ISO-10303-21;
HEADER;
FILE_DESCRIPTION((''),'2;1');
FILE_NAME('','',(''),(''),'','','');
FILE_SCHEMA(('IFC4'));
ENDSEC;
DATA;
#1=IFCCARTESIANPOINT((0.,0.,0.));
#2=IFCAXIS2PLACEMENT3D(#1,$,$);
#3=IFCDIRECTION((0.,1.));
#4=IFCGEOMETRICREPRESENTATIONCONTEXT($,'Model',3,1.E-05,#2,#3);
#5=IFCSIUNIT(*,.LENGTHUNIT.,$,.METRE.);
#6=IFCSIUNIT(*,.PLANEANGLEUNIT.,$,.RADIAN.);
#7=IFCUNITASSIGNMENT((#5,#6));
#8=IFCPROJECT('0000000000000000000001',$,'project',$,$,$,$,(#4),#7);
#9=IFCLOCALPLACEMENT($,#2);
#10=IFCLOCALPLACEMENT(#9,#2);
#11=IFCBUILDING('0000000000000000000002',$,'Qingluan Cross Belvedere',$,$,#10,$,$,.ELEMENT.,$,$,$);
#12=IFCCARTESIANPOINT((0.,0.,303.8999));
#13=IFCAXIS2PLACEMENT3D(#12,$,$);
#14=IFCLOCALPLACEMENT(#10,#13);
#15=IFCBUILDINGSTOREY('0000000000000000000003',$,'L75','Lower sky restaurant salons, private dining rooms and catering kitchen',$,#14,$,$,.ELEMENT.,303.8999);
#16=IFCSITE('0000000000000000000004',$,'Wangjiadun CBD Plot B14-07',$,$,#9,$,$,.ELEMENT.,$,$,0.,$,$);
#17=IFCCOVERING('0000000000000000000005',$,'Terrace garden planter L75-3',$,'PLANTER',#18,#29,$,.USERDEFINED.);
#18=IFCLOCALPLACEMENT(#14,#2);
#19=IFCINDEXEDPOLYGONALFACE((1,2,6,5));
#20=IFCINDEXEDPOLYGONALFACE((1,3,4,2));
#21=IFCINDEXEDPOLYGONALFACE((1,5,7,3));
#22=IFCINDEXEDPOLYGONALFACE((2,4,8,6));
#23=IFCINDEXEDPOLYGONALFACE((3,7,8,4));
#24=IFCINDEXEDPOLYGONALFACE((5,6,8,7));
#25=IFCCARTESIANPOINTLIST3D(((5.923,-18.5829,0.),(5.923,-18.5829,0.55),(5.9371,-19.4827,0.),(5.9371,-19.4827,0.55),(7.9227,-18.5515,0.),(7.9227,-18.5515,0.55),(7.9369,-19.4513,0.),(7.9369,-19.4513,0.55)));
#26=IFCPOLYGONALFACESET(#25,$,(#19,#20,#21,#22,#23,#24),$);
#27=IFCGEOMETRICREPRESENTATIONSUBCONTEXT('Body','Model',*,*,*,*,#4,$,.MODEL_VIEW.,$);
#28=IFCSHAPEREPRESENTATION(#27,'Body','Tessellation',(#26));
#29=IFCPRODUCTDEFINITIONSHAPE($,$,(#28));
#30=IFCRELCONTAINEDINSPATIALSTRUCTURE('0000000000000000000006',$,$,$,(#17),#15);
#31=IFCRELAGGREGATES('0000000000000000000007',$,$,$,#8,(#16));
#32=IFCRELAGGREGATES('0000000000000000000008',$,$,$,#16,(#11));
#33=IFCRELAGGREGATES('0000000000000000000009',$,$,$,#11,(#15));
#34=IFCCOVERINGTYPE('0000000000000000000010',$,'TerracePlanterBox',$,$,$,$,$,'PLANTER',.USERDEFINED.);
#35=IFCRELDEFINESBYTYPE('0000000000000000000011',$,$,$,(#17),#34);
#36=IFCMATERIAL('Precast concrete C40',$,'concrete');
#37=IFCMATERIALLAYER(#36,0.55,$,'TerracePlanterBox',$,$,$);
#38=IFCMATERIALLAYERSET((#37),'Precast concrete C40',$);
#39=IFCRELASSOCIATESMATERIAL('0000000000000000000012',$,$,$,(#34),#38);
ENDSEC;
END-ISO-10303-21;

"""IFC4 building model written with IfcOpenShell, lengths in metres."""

from ifc_helpers import new_model, si_unit, direction, frame, origin, origin_2d, place, context, subcontext, project, spatial, rectangle, extrude, material, layer, layer_set, type_object, element, save


model = new_model("IFC4")

# Units and contexts
model_context = context("Model", 3, precision=1e-05, world=origin(), true_north=direction((0.0, 1.0)))
body_context = subcontext(model_context, "Body", "Model", "MODEL_VIEW")
ifc_project = project(units=[si_unit("LENGTHUNIT", "METRE"), si_unit("PLANEANGLEUNIT", "RADIAN")], contexts=[model_context])

# Site, building, storey
site_placement = place(None, origin())
site = spatial("IfcSite", under=ifc_project, at=site_placement, Name="Wangjiadun CBD Plot B14-07", CompositionType="ELEMENT", RefElevation=0.0)
building_placement = place(site_placement, origin())
building = spatial("IfcBuilding", under=site, at=building_placement, Name="Qingluan Cross Belvedere", CompositionType="ELEMENT")
storey_placement = place(building_placement, frame((0.0, 0.0, 303.8999)))
storey = spatial("IfcBuildingStorey", under=building, at=storey_placement, Name="L75", Description="Lower sky restaurant salons, private dining rooms and catering kitchen", CompositionType="ELEMENT", Elevation=303.8999)

# Covering
ifc_material_1 = material(Name="Precast concrete C40", Category="concrete")
ifc_layer_1 = layer(ifc_material_1, 0.55, Name="TerracePlanterBox")
ifc_layer_set_1 = layer_set([ifc_layer_1], Name="Precast concrete C40")
covering_type = type_object("IfcCoveringType", Name="TerracePlanterBox", ElementType="PLANTER", PredefinedType="USERDEFINED", material=ifc_layer_set_1)
covering_placement = place(storey_placement, frame((6.9299, -19.0171, 0.0), z_axis=(0.0, 0.0, 1.0), x_axis=(0.999877, 0.015707, 0.0)))
element("IfcCovering", 1, at=covering_placement, inside=storey, type_object=covering_type, Name="Terrace garden planter L75-3", ObjectType="PLANTER", PredefinedType="USERDEFINED", context=body_context, shape_type="SweptSolid", body=[
    extrude(rectangle(XDim=2.0, YDim=0.8999, at=origin_2d()), origin(), (0.0, 0.0, 1.0), 0.55),
])

save(model, "model.ifc")
